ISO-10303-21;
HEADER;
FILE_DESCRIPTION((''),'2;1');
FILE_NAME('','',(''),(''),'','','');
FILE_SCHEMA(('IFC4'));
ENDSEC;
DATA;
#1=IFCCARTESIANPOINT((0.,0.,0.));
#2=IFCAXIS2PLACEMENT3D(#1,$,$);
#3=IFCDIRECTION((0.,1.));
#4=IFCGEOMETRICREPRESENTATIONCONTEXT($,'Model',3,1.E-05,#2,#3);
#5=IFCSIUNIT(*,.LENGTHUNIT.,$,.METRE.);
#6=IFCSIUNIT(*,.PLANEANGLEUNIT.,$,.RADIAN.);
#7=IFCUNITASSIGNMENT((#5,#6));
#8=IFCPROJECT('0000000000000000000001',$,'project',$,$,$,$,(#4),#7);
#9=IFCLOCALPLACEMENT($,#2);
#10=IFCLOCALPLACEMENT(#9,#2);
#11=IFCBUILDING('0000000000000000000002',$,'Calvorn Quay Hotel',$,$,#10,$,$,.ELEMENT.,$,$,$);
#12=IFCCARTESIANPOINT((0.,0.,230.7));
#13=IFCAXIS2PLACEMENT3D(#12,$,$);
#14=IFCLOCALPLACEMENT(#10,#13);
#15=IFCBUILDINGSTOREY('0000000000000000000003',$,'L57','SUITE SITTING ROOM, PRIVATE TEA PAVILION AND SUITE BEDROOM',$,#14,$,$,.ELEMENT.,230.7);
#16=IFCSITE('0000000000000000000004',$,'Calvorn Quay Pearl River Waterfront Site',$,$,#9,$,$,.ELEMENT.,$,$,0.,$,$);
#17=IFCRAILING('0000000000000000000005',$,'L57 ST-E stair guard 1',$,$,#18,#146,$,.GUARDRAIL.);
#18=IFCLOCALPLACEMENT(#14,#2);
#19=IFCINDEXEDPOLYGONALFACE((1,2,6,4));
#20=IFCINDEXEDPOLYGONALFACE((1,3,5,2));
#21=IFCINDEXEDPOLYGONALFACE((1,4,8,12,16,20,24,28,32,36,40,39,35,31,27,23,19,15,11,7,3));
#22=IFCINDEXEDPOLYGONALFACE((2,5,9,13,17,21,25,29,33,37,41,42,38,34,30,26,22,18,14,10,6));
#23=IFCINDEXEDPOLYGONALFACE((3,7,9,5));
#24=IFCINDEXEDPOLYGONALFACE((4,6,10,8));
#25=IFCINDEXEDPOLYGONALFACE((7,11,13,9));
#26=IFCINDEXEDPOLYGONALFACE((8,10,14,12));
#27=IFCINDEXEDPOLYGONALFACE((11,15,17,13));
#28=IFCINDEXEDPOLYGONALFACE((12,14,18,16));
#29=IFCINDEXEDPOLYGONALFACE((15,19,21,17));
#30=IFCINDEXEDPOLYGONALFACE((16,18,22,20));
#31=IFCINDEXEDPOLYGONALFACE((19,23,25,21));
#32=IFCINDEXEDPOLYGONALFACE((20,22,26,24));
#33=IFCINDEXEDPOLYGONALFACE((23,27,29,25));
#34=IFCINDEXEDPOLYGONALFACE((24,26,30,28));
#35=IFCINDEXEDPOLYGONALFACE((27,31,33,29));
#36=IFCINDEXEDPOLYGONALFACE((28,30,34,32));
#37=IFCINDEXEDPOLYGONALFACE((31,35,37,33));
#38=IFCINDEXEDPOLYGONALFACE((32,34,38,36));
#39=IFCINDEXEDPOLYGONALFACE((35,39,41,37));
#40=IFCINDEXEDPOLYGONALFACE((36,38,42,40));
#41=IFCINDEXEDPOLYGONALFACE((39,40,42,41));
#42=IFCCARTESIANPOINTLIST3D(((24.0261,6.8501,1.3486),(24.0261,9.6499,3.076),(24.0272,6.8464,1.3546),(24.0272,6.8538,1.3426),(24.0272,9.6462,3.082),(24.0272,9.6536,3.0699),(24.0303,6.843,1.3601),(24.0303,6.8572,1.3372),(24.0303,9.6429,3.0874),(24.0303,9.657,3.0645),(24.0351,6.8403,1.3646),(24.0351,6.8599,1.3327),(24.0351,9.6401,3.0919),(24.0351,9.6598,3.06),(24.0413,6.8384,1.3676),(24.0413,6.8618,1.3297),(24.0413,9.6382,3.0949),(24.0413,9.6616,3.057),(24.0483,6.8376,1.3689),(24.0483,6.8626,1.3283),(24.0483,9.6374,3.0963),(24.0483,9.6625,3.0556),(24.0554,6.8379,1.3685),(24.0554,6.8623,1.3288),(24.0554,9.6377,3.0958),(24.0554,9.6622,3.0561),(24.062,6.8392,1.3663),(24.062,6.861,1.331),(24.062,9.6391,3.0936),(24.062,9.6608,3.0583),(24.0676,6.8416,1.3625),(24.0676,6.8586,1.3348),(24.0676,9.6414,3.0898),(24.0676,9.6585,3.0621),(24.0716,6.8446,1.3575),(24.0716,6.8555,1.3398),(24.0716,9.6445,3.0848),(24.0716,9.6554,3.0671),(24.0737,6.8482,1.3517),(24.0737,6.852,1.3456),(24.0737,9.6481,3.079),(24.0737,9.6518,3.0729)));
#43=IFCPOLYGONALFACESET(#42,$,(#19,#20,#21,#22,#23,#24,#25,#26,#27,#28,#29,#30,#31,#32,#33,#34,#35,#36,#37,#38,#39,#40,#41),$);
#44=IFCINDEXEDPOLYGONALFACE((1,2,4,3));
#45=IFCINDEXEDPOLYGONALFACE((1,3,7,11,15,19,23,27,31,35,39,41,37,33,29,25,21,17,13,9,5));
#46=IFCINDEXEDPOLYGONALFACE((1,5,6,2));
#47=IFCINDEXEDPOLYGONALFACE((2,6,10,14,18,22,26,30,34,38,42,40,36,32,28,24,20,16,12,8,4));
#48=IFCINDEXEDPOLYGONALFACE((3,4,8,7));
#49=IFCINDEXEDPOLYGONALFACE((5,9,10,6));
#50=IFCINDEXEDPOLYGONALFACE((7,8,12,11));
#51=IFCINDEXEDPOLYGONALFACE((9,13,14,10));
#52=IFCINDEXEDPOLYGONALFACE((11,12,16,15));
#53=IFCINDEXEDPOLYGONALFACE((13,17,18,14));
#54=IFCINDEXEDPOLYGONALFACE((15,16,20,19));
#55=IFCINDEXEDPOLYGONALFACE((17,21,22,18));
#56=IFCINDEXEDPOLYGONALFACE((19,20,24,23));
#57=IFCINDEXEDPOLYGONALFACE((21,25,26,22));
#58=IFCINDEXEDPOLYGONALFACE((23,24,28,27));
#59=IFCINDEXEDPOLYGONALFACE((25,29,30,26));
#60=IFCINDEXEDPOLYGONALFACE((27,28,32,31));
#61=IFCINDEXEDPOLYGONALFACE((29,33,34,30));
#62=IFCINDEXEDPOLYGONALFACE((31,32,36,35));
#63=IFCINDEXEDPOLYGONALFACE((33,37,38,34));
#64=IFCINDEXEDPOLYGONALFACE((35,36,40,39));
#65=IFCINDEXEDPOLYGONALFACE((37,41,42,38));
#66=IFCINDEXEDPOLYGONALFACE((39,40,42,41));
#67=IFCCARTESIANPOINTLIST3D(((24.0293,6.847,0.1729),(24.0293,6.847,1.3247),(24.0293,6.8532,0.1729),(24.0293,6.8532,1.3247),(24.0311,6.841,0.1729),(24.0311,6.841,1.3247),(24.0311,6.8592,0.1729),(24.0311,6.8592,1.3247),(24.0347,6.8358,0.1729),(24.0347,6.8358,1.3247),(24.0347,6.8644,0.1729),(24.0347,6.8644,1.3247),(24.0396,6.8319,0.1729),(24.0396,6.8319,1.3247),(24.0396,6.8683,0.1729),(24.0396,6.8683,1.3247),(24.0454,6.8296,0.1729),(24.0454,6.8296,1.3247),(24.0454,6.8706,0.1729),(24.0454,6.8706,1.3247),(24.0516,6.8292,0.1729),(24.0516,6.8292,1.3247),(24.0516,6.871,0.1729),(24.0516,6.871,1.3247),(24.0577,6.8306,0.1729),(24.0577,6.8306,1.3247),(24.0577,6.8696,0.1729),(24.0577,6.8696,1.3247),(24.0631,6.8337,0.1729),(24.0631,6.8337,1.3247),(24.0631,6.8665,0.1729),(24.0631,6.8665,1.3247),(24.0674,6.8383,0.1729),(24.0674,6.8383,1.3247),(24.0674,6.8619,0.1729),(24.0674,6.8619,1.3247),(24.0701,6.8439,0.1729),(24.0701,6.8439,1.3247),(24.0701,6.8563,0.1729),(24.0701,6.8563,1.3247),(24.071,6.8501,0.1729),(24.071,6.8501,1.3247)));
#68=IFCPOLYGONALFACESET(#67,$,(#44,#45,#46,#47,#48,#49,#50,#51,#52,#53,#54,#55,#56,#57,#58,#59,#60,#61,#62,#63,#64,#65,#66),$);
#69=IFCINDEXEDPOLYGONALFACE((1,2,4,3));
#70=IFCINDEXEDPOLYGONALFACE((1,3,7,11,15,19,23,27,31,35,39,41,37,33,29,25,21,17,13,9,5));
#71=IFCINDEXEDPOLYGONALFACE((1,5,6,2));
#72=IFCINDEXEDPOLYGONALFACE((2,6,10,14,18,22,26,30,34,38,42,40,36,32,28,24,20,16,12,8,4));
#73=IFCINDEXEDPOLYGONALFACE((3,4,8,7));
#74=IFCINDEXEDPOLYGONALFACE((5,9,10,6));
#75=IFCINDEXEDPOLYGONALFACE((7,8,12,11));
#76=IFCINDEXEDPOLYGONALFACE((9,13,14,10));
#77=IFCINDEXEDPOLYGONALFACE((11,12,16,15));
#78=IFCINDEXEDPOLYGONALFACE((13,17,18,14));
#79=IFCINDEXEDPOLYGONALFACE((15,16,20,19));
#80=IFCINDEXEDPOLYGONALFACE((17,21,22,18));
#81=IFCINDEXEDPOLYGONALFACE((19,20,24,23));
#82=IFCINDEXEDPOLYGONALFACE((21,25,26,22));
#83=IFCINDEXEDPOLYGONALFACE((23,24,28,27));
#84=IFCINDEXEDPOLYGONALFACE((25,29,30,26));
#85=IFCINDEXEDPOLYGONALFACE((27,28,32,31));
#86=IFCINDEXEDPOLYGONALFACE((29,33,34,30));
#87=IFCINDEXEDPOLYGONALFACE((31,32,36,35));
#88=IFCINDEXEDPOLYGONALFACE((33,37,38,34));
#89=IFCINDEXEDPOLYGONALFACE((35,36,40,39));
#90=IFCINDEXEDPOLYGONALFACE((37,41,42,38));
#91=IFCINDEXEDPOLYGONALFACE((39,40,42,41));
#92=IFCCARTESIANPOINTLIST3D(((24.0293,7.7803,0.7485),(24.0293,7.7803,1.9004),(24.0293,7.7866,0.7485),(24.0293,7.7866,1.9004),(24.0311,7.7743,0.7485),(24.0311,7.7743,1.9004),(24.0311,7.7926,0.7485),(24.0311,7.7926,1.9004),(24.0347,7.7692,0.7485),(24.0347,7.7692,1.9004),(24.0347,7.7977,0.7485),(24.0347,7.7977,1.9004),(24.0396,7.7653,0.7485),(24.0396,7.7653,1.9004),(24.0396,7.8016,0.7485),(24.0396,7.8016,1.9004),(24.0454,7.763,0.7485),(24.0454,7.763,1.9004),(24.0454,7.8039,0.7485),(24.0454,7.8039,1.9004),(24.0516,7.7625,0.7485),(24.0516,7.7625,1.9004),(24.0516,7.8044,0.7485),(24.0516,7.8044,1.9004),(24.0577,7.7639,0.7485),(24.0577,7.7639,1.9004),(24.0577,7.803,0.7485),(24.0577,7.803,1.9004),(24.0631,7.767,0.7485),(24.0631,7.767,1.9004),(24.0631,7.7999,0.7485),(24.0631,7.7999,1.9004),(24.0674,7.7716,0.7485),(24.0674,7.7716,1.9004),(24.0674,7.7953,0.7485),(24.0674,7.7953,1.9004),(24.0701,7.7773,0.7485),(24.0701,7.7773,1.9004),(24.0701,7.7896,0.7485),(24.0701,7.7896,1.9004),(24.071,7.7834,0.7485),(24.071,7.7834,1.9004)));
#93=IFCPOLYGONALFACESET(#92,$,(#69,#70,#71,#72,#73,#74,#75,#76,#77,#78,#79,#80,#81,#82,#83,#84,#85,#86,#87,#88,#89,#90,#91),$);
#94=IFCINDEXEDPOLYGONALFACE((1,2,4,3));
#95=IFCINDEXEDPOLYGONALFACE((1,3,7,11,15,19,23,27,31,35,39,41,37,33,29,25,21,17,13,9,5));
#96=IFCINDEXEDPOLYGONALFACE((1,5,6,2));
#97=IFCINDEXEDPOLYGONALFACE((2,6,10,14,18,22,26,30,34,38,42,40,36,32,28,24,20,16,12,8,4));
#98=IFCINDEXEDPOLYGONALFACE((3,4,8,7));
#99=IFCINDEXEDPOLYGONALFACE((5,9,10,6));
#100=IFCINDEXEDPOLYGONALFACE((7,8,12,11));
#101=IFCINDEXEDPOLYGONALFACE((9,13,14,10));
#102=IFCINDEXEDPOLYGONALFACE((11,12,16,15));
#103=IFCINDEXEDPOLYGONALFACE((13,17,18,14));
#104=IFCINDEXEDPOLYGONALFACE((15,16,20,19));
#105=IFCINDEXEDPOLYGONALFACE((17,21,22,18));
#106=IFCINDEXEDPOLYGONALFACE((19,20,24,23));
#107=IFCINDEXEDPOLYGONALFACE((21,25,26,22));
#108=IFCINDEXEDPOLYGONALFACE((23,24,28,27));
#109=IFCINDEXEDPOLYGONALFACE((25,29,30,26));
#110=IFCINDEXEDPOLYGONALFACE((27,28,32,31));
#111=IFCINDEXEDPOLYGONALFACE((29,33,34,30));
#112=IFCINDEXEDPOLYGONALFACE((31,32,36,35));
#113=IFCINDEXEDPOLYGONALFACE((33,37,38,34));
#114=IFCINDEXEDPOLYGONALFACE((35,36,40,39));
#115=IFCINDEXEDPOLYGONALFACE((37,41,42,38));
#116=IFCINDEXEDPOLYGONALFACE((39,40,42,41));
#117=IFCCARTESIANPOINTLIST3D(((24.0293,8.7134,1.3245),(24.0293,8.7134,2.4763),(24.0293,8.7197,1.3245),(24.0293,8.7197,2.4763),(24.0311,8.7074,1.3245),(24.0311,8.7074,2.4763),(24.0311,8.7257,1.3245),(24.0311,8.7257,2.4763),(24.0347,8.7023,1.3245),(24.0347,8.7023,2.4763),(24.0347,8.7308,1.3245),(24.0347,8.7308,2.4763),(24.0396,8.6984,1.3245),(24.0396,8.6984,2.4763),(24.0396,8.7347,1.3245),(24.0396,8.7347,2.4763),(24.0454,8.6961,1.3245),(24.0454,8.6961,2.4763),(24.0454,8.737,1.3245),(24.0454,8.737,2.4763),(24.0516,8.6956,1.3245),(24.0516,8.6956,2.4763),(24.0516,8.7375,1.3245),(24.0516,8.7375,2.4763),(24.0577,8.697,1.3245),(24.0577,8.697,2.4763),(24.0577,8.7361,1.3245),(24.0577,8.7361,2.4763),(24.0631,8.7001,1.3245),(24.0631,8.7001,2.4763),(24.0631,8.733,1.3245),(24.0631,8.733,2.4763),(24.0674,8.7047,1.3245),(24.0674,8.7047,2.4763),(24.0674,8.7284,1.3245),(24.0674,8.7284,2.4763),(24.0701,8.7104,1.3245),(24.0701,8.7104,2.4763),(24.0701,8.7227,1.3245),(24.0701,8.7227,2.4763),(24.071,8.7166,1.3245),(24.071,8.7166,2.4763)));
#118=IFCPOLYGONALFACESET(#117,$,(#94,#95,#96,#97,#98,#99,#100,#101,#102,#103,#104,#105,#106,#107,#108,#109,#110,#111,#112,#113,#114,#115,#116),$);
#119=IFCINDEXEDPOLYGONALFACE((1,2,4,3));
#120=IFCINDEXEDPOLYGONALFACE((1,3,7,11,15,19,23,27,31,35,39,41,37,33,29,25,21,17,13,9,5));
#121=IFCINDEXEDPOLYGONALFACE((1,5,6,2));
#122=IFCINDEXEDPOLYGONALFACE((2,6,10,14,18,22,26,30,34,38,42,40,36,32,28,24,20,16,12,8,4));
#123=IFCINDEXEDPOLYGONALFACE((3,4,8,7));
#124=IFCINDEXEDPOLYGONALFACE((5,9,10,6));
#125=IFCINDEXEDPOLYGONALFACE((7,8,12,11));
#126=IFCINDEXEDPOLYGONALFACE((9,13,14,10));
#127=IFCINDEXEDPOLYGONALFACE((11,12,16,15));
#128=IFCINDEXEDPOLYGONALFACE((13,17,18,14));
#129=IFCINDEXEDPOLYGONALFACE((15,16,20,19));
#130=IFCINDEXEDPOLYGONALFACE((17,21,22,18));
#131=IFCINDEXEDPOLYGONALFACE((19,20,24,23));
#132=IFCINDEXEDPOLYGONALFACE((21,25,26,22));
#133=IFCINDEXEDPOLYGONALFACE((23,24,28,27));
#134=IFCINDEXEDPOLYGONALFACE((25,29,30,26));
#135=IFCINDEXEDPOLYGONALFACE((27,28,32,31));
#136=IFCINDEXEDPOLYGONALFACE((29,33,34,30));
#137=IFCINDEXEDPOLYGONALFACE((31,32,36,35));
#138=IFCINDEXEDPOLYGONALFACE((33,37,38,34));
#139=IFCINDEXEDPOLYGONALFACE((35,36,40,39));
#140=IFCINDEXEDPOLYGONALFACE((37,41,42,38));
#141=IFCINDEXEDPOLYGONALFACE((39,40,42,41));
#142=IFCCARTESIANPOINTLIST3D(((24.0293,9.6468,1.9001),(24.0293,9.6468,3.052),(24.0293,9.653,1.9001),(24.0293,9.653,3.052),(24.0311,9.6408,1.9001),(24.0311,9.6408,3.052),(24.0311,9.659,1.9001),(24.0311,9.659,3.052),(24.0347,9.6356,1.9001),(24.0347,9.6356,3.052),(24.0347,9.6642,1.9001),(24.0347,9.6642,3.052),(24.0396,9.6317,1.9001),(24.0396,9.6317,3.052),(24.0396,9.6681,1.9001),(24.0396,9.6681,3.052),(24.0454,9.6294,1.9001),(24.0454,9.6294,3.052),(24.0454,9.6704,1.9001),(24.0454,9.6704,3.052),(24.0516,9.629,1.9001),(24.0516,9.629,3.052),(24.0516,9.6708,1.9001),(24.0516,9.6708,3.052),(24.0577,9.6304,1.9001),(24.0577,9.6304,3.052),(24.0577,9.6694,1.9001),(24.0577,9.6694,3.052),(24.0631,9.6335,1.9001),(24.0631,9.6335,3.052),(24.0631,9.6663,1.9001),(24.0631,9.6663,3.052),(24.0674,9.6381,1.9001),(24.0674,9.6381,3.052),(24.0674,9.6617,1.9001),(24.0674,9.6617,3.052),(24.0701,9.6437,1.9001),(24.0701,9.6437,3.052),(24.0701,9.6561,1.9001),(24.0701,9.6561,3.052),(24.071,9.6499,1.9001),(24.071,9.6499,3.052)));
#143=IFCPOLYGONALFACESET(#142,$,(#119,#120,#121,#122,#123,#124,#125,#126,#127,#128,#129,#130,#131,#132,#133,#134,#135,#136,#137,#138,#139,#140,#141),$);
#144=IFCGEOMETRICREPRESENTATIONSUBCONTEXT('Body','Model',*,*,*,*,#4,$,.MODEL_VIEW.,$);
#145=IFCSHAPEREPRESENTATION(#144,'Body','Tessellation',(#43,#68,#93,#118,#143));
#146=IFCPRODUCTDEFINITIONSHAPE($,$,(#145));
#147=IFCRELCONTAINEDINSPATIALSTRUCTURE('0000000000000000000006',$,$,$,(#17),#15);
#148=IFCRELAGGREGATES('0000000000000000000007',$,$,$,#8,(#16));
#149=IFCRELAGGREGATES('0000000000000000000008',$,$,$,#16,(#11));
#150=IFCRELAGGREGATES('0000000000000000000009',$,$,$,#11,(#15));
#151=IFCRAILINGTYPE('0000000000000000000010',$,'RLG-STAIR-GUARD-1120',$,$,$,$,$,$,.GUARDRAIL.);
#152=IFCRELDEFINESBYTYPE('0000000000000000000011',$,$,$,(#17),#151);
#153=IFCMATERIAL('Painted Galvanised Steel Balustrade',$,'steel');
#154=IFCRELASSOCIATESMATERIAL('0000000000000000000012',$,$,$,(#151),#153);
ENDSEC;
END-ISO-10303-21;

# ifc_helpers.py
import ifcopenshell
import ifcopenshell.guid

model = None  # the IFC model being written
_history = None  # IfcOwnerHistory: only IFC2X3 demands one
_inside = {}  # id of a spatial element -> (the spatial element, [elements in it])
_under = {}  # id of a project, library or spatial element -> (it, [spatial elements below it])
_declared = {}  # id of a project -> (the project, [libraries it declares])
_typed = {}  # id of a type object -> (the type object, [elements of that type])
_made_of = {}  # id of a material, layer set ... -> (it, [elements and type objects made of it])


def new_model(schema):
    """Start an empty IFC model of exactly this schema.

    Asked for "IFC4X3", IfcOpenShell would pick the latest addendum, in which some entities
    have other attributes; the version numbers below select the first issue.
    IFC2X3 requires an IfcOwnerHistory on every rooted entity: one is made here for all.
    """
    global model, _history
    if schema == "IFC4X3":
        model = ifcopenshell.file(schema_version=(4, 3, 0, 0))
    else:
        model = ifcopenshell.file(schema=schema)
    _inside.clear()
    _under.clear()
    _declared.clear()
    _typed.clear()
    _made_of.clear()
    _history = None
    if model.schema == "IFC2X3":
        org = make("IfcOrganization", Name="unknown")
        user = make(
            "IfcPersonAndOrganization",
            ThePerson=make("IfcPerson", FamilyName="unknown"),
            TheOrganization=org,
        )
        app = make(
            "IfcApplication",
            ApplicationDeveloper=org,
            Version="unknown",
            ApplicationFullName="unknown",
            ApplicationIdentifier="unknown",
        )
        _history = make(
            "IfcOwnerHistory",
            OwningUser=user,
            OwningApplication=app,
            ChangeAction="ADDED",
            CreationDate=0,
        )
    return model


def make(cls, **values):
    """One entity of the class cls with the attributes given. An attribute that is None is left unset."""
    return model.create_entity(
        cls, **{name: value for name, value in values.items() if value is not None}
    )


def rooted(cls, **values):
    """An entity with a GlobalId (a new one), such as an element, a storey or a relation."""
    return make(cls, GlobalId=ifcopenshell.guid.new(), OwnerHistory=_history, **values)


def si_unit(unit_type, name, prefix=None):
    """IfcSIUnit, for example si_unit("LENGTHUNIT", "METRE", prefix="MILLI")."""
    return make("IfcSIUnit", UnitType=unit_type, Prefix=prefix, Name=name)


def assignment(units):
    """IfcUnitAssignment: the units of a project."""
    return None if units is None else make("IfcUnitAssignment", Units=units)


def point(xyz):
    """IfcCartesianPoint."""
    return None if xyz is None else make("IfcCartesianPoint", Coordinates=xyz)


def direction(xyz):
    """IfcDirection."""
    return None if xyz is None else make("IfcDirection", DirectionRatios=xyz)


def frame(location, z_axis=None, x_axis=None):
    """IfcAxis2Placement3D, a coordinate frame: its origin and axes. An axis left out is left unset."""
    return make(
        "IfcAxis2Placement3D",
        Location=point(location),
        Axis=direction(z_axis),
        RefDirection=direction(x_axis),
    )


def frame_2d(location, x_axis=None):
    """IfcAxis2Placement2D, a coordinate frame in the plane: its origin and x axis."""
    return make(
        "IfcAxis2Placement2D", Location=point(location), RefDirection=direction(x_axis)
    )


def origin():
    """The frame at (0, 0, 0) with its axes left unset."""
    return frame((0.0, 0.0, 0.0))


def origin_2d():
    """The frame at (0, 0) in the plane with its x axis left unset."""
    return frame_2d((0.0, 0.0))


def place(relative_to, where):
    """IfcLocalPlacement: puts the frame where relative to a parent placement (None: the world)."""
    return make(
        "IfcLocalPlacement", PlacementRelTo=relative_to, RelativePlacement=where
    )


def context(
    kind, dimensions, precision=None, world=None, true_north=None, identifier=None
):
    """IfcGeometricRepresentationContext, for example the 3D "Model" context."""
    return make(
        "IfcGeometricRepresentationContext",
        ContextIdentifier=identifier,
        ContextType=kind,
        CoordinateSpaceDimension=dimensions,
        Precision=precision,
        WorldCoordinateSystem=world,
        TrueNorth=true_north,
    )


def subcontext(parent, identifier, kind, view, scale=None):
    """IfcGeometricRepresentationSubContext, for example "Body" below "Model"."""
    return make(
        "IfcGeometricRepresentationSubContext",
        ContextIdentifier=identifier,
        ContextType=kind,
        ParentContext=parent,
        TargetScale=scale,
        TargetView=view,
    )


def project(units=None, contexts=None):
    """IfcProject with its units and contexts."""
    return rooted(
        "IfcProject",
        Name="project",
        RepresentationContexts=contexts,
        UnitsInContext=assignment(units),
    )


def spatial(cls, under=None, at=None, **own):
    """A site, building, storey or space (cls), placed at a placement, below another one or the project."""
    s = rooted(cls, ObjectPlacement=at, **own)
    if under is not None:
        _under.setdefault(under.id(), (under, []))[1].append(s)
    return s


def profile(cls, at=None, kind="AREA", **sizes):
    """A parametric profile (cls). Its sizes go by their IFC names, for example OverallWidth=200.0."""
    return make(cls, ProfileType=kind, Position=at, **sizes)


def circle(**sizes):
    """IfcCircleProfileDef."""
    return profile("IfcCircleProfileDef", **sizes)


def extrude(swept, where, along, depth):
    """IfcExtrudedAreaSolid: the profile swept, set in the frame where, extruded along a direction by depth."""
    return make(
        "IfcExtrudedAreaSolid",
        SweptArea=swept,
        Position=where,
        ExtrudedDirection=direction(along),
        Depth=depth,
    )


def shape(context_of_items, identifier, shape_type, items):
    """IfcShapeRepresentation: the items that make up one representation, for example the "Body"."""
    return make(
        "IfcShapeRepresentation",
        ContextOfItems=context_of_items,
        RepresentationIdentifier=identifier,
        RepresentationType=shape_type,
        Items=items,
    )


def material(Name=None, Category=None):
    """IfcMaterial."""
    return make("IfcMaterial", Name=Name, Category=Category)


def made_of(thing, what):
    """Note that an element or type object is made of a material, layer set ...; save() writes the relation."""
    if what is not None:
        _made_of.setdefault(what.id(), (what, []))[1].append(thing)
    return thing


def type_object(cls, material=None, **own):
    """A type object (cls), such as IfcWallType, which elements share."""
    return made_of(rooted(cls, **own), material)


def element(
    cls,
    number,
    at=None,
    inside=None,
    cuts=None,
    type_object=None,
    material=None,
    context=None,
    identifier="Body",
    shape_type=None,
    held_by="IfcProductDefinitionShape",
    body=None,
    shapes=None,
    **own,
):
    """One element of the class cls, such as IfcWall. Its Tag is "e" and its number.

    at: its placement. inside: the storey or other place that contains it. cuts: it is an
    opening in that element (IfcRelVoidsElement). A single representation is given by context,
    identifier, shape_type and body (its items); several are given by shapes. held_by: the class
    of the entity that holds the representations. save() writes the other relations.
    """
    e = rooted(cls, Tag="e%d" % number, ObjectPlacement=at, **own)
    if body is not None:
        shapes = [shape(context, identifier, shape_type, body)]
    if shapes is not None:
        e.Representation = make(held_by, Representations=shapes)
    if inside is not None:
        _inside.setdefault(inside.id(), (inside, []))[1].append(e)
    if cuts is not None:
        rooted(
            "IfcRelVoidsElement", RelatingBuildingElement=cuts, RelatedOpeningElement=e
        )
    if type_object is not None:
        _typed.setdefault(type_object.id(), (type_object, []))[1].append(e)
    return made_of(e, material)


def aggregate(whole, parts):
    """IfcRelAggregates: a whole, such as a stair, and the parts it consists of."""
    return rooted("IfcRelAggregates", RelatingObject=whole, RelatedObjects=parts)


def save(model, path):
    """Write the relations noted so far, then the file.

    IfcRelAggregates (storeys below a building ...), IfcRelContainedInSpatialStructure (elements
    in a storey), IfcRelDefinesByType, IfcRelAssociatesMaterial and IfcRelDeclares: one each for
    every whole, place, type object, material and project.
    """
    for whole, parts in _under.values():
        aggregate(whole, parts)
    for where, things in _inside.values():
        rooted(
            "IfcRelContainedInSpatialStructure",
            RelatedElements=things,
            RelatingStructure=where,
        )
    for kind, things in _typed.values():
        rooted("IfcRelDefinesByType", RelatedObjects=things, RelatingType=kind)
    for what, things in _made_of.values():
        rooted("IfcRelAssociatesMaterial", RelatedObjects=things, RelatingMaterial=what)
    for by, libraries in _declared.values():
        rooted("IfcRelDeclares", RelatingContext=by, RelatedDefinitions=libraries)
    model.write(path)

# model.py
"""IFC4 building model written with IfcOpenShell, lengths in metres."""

from ifc_helpers import new_model, si_unit, direction, frame, origin, origin_2d, place, context, subcontext, project, spatial, circle, extrude, material, type_object, element, save


model = new_model("IFC4")

# Units and contexts
model_context = context("Model", 3, precision=1e-05, world=origin(), true_north=direction((0.0, 1.0)))
body_context = subcontext(model_context, "Body", "Model", "MODEL_VIEW")
ifc_project = project(units=[si_unit("LENGTHUNIT", "METRE"), si_unit("PLANEANGLEUNIT", "RADIAN")], contexts=[model_context])

# Site, building, storey
site_placement = place(None, origin())
site = spatial("IfcSite", under=ifc_project, at=site_placement, Name="Calvorn Quay Pearl River Waterfront Site", CompositionType="ELEMENT", RefElevation=0.0)
building_placement = place(site_placement, origin())
building = spatial("IfcBuilding", under=site, at=building_placement, Name="Calvorn Quay Hotel", CompositionType="ELEMENT")
storey_placement = place(building_placement, frame((0.0, 0.0, 230.7)))
storey = spatial("IfcBuildingStorey", under=building, at=storey_placement, Name="L57", Description="SUITE SITTING ROOM, PRIVATE TEA PAVILION AND SUITE BEDROOM", CompositionType="ELEMENT", Elevation=230.7)

# Railing
ifc_material_1 = material(Name="Painted Galvanised Steel Balustrade", Category="steel")
railing_type_1 = type_object("IfcRailingType", Name="RLG-STAIR-GUARD-1120", PredefinedType="GUARDRAIL", material=ifc_material_1)
railing_1_placement = place(storey_placement, frame((24.05, 6.8501, 0.1729)))
element("IfcRailing", 1, at=railing_1_placement, inside=storey, type_object=railing_type_1, Name="L57 ST-E stair guard 1", PredefinedType="GUARDRAIL", context=body_context, shape_type="SweptSolid", body=[
    extrude(circle(Radius=0.0239, at=origin_2d()), frame((0.0, 0.0, 1.1758), z_axis=(0.0, 0.851069, 0.525054), x_axis=(-1.0, 0.0, 0.0)), (0.0, 0.0, 1.0), 3.2898),
    extrude(circle(Radius=0.021, at=origin_2d()), origin(), (0.0, 0.0, 1.0), 1.1519),
    extrude(circle(Radius=0.021, at=origin_2d()), frame((0.0, 0.9333, 0.5757)), (0.0, 0.0, 1.0), 1.1519),
    extrude(circle(Radius=0.021, at=origin_2d()), frame((0.0, 1.8665, 1.1516)), (0.0, 0.0, 1.0), 1.1519),
    extrude(circle(Radius=0.021, at=origin_2d()), frame((0.0, 2.7998, 1.7273)), (0.0, 0.0, 1.0), 1.1519),
])

save(model, "model.ifc")
